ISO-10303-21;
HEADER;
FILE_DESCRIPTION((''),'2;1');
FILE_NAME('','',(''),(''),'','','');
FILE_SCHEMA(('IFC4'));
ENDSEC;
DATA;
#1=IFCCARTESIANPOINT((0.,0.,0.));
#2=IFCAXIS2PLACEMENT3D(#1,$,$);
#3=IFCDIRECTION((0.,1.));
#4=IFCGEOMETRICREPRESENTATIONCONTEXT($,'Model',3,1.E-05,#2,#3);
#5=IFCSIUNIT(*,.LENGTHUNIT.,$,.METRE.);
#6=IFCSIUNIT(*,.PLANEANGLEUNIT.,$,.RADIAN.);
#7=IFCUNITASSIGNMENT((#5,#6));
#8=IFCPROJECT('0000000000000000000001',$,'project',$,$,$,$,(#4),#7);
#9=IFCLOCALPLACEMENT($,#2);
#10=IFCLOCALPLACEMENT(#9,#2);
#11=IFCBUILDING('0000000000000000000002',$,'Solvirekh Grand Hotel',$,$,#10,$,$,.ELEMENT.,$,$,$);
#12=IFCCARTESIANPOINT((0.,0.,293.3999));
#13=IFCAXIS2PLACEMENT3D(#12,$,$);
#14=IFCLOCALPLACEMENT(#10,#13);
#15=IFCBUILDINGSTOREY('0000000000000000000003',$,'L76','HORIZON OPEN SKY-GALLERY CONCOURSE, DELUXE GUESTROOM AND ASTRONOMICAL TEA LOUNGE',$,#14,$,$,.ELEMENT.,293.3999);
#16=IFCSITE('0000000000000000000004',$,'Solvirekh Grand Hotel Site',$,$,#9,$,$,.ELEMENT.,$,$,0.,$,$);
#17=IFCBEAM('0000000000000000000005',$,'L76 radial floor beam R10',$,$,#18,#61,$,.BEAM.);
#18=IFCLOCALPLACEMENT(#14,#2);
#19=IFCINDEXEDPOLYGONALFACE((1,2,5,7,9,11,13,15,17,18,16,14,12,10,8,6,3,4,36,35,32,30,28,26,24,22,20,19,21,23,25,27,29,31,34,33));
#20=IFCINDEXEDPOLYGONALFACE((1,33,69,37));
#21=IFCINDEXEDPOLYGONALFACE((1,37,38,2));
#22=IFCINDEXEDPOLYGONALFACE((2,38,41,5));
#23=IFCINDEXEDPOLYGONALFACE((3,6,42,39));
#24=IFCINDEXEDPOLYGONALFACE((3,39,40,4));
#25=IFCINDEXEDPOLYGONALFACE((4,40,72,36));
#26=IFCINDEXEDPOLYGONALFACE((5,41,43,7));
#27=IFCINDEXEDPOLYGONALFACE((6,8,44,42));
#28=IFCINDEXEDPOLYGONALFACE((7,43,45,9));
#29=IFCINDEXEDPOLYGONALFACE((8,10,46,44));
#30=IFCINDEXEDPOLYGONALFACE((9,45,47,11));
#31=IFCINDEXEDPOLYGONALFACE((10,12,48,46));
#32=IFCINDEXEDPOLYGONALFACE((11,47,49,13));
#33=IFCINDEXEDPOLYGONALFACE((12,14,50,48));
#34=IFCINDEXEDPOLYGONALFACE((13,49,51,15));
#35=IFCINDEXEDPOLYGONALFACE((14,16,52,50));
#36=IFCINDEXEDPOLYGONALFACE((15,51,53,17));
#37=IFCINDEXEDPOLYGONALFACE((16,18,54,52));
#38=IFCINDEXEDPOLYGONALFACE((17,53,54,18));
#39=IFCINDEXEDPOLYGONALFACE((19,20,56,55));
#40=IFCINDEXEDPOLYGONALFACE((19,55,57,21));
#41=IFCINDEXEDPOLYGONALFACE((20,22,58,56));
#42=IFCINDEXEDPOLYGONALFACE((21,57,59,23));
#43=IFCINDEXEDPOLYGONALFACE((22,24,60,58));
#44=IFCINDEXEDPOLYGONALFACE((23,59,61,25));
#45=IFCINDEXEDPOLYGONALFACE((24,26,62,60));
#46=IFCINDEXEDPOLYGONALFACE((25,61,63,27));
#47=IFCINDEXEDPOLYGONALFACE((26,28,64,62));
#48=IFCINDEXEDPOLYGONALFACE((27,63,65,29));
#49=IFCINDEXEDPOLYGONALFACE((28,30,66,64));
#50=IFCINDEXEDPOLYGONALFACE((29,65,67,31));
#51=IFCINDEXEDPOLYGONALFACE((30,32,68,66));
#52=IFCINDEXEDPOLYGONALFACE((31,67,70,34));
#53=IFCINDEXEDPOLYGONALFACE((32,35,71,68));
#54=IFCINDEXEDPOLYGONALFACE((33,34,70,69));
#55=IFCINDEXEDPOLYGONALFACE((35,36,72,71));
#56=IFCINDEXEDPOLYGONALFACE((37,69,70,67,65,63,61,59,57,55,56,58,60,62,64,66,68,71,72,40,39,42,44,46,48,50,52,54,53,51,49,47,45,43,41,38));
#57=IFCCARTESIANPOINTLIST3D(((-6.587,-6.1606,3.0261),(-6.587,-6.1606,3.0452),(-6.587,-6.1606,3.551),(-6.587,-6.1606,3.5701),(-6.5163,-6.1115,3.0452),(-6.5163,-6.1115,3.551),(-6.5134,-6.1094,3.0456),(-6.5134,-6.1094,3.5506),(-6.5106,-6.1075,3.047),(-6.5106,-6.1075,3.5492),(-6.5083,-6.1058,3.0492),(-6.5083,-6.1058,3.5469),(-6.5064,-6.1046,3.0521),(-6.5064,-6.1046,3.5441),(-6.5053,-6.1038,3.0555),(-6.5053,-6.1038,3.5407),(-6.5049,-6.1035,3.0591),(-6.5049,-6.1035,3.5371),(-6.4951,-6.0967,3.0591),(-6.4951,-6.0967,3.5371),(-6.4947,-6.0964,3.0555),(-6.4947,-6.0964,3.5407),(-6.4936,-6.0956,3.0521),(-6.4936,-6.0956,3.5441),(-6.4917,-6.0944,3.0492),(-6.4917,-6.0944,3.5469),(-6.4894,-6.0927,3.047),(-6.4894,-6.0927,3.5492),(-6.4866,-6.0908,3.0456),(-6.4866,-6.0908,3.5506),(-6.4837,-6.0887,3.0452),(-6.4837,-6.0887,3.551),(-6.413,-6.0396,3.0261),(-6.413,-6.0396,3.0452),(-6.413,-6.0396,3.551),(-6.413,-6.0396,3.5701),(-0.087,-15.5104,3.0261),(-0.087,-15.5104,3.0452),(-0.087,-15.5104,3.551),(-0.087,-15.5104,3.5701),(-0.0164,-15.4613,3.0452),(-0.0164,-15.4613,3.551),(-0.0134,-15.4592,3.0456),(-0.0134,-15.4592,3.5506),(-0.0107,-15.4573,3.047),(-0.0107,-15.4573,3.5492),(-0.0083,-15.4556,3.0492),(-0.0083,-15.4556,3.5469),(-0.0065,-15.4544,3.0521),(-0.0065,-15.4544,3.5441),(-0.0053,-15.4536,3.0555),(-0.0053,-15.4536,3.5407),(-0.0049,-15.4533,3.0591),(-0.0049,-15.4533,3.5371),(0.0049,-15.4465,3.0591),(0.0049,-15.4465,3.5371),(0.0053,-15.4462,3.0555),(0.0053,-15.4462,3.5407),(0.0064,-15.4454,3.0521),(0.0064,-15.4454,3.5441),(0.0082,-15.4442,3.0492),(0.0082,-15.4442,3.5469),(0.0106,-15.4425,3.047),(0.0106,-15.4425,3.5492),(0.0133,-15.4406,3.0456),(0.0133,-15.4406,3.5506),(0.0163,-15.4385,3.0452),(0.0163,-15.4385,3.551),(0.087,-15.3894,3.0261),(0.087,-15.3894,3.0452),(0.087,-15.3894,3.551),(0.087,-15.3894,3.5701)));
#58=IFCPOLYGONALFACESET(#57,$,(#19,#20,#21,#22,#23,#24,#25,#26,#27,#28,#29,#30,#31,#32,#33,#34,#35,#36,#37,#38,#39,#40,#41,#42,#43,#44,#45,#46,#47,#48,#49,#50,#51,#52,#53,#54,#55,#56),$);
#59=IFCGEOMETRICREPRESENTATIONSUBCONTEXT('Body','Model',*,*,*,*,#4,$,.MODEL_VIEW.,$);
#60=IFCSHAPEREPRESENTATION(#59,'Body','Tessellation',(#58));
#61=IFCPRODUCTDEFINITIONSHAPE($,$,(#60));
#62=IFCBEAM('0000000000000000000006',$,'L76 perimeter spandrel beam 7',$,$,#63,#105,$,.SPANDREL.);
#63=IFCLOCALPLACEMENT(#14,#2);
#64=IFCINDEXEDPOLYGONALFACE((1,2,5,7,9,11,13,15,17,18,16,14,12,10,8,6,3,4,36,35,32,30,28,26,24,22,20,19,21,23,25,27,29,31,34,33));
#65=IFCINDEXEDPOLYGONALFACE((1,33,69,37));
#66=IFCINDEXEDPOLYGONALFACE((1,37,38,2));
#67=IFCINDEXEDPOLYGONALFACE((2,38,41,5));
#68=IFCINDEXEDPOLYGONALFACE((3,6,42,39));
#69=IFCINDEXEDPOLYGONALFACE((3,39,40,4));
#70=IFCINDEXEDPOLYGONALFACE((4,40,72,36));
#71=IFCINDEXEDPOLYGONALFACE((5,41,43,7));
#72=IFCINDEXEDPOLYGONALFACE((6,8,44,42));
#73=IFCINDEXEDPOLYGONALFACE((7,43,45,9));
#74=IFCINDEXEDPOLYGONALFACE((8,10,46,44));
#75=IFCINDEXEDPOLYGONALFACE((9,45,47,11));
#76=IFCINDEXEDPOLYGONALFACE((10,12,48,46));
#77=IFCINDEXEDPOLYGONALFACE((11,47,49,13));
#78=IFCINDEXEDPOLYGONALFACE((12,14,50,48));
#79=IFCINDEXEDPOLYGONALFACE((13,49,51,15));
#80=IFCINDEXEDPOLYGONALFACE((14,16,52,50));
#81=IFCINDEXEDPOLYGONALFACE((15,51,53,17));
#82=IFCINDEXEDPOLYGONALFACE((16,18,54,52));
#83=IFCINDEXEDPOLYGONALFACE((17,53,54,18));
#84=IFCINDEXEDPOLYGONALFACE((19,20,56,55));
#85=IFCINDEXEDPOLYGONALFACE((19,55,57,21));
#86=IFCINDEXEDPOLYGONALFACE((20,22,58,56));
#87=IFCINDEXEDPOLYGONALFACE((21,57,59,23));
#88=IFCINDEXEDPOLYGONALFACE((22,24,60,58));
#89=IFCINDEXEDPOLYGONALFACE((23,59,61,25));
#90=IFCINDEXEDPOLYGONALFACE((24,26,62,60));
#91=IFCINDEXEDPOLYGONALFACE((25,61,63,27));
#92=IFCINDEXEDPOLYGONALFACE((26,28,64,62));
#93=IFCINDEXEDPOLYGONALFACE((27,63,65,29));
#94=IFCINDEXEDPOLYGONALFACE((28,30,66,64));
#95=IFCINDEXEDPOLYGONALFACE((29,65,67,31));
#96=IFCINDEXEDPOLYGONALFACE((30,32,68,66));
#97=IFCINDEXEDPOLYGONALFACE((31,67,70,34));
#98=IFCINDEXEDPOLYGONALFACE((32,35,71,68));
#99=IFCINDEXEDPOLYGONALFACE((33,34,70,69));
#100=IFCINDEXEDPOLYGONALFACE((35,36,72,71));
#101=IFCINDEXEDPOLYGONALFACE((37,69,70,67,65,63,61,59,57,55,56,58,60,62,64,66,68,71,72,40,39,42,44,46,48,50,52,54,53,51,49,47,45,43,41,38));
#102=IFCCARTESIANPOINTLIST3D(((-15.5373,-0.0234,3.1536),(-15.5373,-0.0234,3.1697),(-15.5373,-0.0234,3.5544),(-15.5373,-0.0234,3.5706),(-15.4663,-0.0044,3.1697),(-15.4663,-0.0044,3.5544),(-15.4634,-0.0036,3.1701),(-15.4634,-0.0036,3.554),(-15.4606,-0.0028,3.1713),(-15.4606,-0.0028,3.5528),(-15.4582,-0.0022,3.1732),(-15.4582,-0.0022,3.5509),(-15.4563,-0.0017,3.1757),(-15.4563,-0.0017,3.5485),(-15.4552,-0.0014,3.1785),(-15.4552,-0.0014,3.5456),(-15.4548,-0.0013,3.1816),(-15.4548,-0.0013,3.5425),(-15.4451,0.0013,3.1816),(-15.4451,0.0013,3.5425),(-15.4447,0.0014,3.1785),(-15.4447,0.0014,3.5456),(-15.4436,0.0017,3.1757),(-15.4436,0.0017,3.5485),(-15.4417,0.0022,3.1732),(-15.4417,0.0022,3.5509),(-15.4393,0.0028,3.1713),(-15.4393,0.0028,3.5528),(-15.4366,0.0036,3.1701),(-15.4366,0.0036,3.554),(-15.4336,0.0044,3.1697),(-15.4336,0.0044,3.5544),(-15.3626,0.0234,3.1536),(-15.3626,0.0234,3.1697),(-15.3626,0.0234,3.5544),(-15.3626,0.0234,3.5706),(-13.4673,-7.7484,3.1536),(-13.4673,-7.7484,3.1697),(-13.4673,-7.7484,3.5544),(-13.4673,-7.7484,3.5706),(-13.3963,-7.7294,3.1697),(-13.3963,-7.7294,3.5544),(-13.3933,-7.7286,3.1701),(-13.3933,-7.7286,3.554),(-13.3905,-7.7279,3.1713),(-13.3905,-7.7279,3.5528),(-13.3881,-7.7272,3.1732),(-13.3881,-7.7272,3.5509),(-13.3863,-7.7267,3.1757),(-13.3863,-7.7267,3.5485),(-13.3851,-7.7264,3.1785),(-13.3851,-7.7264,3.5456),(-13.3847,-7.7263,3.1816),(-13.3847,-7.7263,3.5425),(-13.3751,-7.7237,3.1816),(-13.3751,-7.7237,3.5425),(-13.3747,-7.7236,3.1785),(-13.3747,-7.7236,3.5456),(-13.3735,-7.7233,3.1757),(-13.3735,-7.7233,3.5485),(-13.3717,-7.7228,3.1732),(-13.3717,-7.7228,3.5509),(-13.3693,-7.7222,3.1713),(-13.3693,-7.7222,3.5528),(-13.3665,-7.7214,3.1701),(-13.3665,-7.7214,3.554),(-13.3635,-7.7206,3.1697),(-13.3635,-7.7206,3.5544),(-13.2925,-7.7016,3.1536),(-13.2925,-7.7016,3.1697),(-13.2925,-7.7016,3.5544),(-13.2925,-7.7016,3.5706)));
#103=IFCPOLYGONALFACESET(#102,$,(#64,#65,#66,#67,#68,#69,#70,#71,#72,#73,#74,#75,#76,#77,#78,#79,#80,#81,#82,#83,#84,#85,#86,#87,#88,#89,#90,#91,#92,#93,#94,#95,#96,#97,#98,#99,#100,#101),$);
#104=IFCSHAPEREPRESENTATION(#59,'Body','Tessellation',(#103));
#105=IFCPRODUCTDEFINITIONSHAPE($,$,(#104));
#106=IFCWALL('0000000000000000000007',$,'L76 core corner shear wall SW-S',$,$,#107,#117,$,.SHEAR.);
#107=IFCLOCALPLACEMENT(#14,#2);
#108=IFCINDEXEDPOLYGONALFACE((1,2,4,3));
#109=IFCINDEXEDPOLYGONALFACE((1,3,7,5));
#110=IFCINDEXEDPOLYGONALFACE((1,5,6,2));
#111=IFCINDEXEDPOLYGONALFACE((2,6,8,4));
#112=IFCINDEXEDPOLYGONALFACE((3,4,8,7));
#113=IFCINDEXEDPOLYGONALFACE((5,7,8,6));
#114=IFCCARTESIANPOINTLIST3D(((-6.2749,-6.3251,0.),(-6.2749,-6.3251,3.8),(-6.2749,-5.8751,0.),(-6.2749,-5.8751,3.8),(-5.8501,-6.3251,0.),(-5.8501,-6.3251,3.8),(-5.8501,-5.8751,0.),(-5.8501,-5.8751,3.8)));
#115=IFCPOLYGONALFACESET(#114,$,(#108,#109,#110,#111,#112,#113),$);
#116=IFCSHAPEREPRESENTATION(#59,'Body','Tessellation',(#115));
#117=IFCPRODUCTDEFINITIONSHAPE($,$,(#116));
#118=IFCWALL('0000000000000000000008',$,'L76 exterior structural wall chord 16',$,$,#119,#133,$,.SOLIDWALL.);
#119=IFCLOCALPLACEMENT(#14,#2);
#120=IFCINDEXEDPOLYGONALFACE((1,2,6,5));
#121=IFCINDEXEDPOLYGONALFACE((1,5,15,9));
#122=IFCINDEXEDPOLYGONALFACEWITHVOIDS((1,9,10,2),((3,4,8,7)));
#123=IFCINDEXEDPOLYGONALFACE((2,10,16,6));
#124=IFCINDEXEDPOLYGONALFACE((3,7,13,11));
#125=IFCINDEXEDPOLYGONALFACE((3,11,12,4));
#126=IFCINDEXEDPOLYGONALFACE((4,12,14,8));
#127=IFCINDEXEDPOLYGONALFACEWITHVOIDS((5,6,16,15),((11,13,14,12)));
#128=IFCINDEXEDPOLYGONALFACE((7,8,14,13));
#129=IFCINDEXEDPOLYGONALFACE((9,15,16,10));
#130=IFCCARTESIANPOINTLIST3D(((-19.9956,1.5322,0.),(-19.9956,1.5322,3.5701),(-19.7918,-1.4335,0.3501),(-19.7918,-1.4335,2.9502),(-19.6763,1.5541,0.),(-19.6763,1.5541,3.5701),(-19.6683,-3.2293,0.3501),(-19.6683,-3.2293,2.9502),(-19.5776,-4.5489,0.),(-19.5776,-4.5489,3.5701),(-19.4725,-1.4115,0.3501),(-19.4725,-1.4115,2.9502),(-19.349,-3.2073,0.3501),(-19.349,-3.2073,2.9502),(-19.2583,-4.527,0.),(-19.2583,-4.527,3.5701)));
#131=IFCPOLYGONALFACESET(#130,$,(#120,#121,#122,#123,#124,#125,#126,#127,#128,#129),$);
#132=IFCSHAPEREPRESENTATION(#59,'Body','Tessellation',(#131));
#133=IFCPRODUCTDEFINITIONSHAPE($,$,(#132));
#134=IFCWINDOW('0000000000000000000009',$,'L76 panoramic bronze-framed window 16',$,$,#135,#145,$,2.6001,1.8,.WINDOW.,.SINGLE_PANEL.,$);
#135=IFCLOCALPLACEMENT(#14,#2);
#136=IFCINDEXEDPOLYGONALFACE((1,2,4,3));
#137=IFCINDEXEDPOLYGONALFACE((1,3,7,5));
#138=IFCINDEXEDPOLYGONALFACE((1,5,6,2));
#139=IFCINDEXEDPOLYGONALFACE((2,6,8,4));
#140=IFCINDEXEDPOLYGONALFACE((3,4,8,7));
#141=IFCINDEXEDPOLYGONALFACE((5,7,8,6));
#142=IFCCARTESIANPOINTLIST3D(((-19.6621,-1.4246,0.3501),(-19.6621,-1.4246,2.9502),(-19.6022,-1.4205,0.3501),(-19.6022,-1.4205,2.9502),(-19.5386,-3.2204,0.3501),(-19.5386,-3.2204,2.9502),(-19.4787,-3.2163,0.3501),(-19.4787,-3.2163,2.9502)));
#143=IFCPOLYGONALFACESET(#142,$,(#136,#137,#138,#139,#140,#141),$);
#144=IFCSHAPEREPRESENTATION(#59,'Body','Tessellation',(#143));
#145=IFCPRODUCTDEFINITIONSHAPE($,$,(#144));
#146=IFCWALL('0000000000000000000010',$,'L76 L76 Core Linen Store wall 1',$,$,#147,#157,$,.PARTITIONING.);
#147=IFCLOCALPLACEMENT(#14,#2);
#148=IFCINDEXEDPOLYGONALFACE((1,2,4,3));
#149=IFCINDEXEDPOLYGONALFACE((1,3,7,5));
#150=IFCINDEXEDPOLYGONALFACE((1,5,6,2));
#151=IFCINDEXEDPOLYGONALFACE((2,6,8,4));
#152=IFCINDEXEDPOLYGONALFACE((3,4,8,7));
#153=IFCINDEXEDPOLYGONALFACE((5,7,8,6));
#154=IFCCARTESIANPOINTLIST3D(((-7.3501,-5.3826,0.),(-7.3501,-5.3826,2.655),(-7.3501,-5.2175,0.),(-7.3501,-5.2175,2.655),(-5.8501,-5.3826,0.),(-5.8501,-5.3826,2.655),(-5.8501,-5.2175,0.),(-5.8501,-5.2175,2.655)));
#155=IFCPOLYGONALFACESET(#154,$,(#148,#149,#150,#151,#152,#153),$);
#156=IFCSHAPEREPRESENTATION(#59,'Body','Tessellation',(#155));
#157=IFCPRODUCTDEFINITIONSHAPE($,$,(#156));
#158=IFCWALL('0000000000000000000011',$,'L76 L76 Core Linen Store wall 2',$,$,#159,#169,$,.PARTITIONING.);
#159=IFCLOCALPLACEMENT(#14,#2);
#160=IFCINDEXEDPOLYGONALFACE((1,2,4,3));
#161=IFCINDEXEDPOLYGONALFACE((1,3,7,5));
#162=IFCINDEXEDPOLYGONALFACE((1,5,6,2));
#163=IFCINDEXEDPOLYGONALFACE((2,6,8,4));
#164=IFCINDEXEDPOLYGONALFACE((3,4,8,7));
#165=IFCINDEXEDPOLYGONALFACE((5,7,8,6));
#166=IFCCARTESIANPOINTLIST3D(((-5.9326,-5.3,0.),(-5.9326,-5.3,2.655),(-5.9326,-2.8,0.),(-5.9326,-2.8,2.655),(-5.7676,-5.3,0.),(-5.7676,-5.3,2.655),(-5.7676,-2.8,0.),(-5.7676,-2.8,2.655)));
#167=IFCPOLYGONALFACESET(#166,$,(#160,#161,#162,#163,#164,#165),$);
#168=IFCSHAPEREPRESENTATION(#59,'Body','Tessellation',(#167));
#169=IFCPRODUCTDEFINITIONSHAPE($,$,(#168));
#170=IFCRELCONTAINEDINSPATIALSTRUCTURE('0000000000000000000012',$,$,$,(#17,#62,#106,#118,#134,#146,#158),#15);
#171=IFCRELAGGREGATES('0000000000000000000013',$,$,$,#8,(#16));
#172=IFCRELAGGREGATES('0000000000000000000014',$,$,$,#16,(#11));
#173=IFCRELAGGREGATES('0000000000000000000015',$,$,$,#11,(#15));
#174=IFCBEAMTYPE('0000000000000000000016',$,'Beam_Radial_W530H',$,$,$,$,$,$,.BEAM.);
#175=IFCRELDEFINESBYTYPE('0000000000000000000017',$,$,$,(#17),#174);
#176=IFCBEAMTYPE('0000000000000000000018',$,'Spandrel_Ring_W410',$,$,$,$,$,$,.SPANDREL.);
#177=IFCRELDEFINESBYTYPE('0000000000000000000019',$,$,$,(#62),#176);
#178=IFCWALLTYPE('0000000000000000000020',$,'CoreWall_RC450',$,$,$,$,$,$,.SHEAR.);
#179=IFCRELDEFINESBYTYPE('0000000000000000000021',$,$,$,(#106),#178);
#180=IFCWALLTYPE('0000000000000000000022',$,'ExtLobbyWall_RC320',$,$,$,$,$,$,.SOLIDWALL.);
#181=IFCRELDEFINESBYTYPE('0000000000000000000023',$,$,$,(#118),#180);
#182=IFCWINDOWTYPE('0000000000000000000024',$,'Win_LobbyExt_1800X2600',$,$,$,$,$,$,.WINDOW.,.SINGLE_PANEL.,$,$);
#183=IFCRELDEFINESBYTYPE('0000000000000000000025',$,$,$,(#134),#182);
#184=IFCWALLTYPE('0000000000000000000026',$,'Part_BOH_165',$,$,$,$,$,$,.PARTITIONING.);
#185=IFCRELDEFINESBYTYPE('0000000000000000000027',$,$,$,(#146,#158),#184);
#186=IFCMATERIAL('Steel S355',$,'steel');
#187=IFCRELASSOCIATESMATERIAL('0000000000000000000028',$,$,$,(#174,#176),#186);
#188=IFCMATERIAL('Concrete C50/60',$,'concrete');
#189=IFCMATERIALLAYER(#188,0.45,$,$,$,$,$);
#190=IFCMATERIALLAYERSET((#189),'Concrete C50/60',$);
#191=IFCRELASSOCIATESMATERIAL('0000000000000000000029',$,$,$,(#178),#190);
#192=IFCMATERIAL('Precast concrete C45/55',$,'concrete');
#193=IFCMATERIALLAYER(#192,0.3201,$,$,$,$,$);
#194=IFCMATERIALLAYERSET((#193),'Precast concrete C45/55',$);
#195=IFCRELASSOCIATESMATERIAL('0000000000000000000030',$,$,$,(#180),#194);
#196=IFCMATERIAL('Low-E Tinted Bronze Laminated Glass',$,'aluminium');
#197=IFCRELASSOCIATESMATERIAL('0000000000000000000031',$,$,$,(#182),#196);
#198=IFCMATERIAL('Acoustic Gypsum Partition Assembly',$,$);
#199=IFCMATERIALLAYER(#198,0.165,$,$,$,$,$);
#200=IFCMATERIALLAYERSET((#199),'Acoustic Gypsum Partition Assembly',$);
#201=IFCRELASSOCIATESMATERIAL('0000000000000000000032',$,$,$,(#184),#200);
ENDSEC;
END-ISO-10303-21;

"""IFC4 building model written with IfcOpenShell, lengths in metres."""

from ifc_helpers import new_model, si_unit, direction, frame, frame_2d, origin, origin_2d, place, context, subcontext, project, spatial, rectangle, i_section, extrude, material, layer, layer_set, material_profile, profile_set, type_object, element, fill, save


model = new_model("IFC4")

# Units and contexts
model_context = context("Model", 3, precision=1e-05, world=origin(), true_north=direction((0.0, 1.0)))
body_context = subcontext(model_context, "Body", "Model", "MODEL_VIEW")
ifc_project = project(units=[si_unit("LENGTHUNIT", "METRE"), si_unit("PLANEANGLEUNIT", "RADIAN")], contexts=[model_context])

# Site, building, storey
site_placement = place(None, origin())
site = spatial("IfcSite", under=ifc_project, at=site_placement, Name="Solvirekh Grand Hotel Site", CompositionType="ELEMENT", RefElevation=0.0)
building_placement = place(site_placement, origin())
building = spatial("IfcBuilding", under=site, at=building_placement, Name="Solvirekh Grand Hotel", CompositionType="ELEMENT")
storey_placement = place(building_placement, frame((0.0, 0.0, 293.3999)))
storey = spatial("IfcBuildingStorey", under=building, at=storey_placement, Name="L76", Description="HORIZON OPEN SKY-GALLERY CONCOURSE, DELUXE GUESTROOM AND ASTRONOMICAL TEA LOUNGE", CompositionType="ELEMENT", Elevation=293.3999)

# Shared definitions
ifc_material_1 = material(Name="Concrete C50/60", Category="concrete")

# Beams
ifc_material_2 = material(Name="Steel S355", Category="steel")
ifc_material_profile_1 = material_profile(ifc_material_2, i_section(OverallWidth=0.2119, OverallDepth=0.5439, WebThickness=0.012, FlangeThickness=0.019, FilletRadius=0.0139, at=origin_2d()), Name="W530X123")
ifc_profile_set_1 = profile_set([ifc_material_profile_1], Name="Steel S355")
beam_type_1 = type_object("IfcBeamType", Name="Beam_Radial_W530H", PredefinedType="BEAM", material=ifc_profile_set_1)
beam_1_placement = place(storey_placement, frame((-6.5, -6.1001, 3.2981), z_axis=(0.570813, -0.82108, 0.0), x_axis=(0.82108, 0.570813, 0.0)))
element("IfcBeam", 1, at=beam_1_placement, inside=storey, type_object=beam_type_1, Name="L76 radial floor beam R10", PredefinedType="BEAM", context=body_context, shape_type="SweptSolid", body=[
    extrude(i_section(OverallWidth=0.2119, OverallDepth=0.5439, WebThickness=0.012, FlangeThickness=0.019, FilletRadius=0.0139, at=origin_2d()), origin(), (0.0, 0.0, 1.0), 11.3872),
])
ifc_material_profile_2 = material_profile(ifc_material_2, i_section(OverallWidth=0.1809, OverallDepth=0.417, WebThickness=0.01, FlangeThickness=0.0161, FilletRadius=0.012, at=origin_2d()), Name="W410X85")
ifc_profile_set_2 = profile_set([ifc_material_profile_2], Name="Steel S355")
beam_type_2 = type_object("IfcBeamType", Name="Spandrel_Ring_W410", PredefinedType="SPANDREL", material=ifc_profile_set_2)
beam_2_placement = place(storey_placement, frame((-15.45, 0.0, 3.3621), z_axis=(0.258835, -0.965922, 0.0), x_axis=(0.965922, 0.258835, 0.0)))
element("IfcBeam", 2, at=beam_2_placement, inside=storey, type_object=beam_type_2, Name="L76 perimeter spandrel beam 7", PredefinedType="SPANDREL", context=body_context, shape_type="SweptSolid", body=[
    extrude(i_section(OverallWidth=0.1809, OverallDepth=0.417, WebThickness=0.01, FlangeThickness=0.0161, FilletRadius=0.012, at=origin_2d()), origin(), (0.0, 0.0, 1.0), 7.9976),
])

# Wall
ifc_layer_1 = layer(ifc_material_1, 0.45)
ifc_layer_set_1 = layer_set([ifc_layer_1], Name="Concrete C50/60")
wall_type_1 = type_object("IfcWallType", Name="CoreWall_RC450", PredefinedType="SHEAR", material=ifc_layer_set_1)
wall_1_placement = place(storey_placement, frame((-6.2749, -6.1001, 0.0), z_axis=(0.0, 0.0, 1.0), x_axis=(1.0, 0.0, 0.0)))
element("IfcWall", 3, at=wall_1_placement, inside=storey, type_object=wall_type_1, Name="L76 core corner shear wall SW-S", PredefinedType="SHEAR", context=body_context, shape_type="SweptSolid", body=[
    extrude(rectangle(XDim=0.4248, YDim=0.45, at=frame_2d((0.2124, 0.0))), origin(), (0.0, 0.0, 1.0), 3.8),
])

# Wall, opening, window
ifc_material_3 = material(Name="Precast concrete C45/55", Category="concrete")
ifc_layer_2 = layer(ifc_material_3, 0.3201)
ifc_layer_set_2 = layer_set([ifc_layer_2], Name="Precast concrete C45/55")
wall_type_2 = type_object("IfcWallType", Name="ExtLobbyWall_RC320", PredefinedType="SOLIDWALL", material=ifc_layer_set_2)
wall_2_placement = place(storey_placement, frame((-19.418, -4.5381, 0.0), z_axis=(0.0, 0.0, 1.0), x_axis=(-0.068571, 0.997646, 0.0)))
wall_2 = element("IfcWall", 4, at=wall_2_placement, inside=storey, type_object=wall_type_2, Name="L76 exterior structural wall chord 16", PredefinedType="SOLIDWALL", context=body_context, shape_type="SweptSolid", body=[
    extrude(rectangle(XDim=6.0955, YDim=0.3201, at=frame_2d((3.0479, 0.0))), origin(), (0.0, 0.0, 1.0), 3.5701),
])
opening_1_placement = place(wall_2_placement, frame((1.323, 0.0, 0.3501)))
opening_1 = element("IfcOpeningElement", 5, at=opening_1_placement, cuts=wall_2, PredefinedType="OPENING", context=body_context, shape_type="SweptSolid", body=[
    extrude(rectangle(XDim=1.8, YDim=2.6001, at=frame_2d((0.8999, 1.3))), frame((0.0, 0.1699, 0.0), z_axis=(0.0, -1.0, 0.0), x_axis=(1.0, 0.0, 0.0)), (0.0, 0.0, 1.0), 0.3401),
])
ifc_material_4 = material(Name="Low-E Tinted Bronze Laminated Glass", Category="aluminium")
window_type = type_object("IfcWindowType", Name="Win_LobbyExt_1800X2600", PartitioningType="SINGLE_PANEL", PredefinedType="WINDOW", material=ifc_material_4)
window_placement = place(opening_1_placement, origin())
window = element("IfcWindow", 6, at=window_placement, inside=storey, type_object=window_type, Name="L76 panoramic bronze-framed window 16", OverallHeight=2.6001, OverallWidth=1.8, PartitioningType="SINGLE_PANEL", PredefinedType="WINDOW", context=body_context, shape_type="SweptSolid", body=[
    extrude(rectangle(XDim=1.8, YDim=2.6001, at=frame_2d((0.8999, 1.3))), frame((0.0, 0.03, 0.0), z_axis=(0.0, -1.0, 0.0), x_axis=(1.0, 0.0, 0.0)), (0.0, 0.0, 1.0), 0.0601),
])
fill(opening_1, window)

# Walls
ifc_material_5 = material(Name="Acoustic Gypsum Partition Assembly")
ifc_layer_3 = layer(ifc_material_5, 0.165)
ifc_layer_set_3 = layer_set([ifc_layer_3], Name="Acoustic Gypsum Partition Assembly")
wall_type_3 = type_object("IfcWallType", Name="Part_BOH_165", PredefinedType="PARTITIONING", material=ifc_layer_set_3)
wall_3_placement = place(storey_placement, frame((-7.3501, -5.3, 0.0), z_axis=(0.0, 0.0, 1.0), x_axis=(1.0, 0.0, 0.0)))
element("IfcWall", 7, at=wall_3_placement, inside=storey, type_object=wall_type_3, Name="L76 L76 Core Linen Store wall 1", PredefinedType="PARTITIONING", context=body_context, shape_type="SweptSolid", body=[
    extrude(rectangle(XDim=1.5, YDim=0.165, at=frame_2d((0.75, 0.0))), origin(), (0.0, 0.0, 1.0), 2.655),
])
wall_4_placement = place(storey_placement, frame((-5.8501, -5.3, 0.0), z_axis=(0.0, 0.0, 1.0), x_axis=(0.0, 1.0, 0.0)))
element("IfcWall", 8, at=wall_4_placement, inside=storey, type_object=wall_type_3, Name="L76 L76 Core Linen Store wall 2", PredefinedType="PARTITIONING", context=body_context, shape_type="SweptSolid", body=[
    extrude(rectangle(XDim=2.5, YDim=0.165, at=frame_2d((1.25, 0.0))), origin(), (0.0, 0.0, 1.0), 2.655),
])

save(model, "model.ifc")
